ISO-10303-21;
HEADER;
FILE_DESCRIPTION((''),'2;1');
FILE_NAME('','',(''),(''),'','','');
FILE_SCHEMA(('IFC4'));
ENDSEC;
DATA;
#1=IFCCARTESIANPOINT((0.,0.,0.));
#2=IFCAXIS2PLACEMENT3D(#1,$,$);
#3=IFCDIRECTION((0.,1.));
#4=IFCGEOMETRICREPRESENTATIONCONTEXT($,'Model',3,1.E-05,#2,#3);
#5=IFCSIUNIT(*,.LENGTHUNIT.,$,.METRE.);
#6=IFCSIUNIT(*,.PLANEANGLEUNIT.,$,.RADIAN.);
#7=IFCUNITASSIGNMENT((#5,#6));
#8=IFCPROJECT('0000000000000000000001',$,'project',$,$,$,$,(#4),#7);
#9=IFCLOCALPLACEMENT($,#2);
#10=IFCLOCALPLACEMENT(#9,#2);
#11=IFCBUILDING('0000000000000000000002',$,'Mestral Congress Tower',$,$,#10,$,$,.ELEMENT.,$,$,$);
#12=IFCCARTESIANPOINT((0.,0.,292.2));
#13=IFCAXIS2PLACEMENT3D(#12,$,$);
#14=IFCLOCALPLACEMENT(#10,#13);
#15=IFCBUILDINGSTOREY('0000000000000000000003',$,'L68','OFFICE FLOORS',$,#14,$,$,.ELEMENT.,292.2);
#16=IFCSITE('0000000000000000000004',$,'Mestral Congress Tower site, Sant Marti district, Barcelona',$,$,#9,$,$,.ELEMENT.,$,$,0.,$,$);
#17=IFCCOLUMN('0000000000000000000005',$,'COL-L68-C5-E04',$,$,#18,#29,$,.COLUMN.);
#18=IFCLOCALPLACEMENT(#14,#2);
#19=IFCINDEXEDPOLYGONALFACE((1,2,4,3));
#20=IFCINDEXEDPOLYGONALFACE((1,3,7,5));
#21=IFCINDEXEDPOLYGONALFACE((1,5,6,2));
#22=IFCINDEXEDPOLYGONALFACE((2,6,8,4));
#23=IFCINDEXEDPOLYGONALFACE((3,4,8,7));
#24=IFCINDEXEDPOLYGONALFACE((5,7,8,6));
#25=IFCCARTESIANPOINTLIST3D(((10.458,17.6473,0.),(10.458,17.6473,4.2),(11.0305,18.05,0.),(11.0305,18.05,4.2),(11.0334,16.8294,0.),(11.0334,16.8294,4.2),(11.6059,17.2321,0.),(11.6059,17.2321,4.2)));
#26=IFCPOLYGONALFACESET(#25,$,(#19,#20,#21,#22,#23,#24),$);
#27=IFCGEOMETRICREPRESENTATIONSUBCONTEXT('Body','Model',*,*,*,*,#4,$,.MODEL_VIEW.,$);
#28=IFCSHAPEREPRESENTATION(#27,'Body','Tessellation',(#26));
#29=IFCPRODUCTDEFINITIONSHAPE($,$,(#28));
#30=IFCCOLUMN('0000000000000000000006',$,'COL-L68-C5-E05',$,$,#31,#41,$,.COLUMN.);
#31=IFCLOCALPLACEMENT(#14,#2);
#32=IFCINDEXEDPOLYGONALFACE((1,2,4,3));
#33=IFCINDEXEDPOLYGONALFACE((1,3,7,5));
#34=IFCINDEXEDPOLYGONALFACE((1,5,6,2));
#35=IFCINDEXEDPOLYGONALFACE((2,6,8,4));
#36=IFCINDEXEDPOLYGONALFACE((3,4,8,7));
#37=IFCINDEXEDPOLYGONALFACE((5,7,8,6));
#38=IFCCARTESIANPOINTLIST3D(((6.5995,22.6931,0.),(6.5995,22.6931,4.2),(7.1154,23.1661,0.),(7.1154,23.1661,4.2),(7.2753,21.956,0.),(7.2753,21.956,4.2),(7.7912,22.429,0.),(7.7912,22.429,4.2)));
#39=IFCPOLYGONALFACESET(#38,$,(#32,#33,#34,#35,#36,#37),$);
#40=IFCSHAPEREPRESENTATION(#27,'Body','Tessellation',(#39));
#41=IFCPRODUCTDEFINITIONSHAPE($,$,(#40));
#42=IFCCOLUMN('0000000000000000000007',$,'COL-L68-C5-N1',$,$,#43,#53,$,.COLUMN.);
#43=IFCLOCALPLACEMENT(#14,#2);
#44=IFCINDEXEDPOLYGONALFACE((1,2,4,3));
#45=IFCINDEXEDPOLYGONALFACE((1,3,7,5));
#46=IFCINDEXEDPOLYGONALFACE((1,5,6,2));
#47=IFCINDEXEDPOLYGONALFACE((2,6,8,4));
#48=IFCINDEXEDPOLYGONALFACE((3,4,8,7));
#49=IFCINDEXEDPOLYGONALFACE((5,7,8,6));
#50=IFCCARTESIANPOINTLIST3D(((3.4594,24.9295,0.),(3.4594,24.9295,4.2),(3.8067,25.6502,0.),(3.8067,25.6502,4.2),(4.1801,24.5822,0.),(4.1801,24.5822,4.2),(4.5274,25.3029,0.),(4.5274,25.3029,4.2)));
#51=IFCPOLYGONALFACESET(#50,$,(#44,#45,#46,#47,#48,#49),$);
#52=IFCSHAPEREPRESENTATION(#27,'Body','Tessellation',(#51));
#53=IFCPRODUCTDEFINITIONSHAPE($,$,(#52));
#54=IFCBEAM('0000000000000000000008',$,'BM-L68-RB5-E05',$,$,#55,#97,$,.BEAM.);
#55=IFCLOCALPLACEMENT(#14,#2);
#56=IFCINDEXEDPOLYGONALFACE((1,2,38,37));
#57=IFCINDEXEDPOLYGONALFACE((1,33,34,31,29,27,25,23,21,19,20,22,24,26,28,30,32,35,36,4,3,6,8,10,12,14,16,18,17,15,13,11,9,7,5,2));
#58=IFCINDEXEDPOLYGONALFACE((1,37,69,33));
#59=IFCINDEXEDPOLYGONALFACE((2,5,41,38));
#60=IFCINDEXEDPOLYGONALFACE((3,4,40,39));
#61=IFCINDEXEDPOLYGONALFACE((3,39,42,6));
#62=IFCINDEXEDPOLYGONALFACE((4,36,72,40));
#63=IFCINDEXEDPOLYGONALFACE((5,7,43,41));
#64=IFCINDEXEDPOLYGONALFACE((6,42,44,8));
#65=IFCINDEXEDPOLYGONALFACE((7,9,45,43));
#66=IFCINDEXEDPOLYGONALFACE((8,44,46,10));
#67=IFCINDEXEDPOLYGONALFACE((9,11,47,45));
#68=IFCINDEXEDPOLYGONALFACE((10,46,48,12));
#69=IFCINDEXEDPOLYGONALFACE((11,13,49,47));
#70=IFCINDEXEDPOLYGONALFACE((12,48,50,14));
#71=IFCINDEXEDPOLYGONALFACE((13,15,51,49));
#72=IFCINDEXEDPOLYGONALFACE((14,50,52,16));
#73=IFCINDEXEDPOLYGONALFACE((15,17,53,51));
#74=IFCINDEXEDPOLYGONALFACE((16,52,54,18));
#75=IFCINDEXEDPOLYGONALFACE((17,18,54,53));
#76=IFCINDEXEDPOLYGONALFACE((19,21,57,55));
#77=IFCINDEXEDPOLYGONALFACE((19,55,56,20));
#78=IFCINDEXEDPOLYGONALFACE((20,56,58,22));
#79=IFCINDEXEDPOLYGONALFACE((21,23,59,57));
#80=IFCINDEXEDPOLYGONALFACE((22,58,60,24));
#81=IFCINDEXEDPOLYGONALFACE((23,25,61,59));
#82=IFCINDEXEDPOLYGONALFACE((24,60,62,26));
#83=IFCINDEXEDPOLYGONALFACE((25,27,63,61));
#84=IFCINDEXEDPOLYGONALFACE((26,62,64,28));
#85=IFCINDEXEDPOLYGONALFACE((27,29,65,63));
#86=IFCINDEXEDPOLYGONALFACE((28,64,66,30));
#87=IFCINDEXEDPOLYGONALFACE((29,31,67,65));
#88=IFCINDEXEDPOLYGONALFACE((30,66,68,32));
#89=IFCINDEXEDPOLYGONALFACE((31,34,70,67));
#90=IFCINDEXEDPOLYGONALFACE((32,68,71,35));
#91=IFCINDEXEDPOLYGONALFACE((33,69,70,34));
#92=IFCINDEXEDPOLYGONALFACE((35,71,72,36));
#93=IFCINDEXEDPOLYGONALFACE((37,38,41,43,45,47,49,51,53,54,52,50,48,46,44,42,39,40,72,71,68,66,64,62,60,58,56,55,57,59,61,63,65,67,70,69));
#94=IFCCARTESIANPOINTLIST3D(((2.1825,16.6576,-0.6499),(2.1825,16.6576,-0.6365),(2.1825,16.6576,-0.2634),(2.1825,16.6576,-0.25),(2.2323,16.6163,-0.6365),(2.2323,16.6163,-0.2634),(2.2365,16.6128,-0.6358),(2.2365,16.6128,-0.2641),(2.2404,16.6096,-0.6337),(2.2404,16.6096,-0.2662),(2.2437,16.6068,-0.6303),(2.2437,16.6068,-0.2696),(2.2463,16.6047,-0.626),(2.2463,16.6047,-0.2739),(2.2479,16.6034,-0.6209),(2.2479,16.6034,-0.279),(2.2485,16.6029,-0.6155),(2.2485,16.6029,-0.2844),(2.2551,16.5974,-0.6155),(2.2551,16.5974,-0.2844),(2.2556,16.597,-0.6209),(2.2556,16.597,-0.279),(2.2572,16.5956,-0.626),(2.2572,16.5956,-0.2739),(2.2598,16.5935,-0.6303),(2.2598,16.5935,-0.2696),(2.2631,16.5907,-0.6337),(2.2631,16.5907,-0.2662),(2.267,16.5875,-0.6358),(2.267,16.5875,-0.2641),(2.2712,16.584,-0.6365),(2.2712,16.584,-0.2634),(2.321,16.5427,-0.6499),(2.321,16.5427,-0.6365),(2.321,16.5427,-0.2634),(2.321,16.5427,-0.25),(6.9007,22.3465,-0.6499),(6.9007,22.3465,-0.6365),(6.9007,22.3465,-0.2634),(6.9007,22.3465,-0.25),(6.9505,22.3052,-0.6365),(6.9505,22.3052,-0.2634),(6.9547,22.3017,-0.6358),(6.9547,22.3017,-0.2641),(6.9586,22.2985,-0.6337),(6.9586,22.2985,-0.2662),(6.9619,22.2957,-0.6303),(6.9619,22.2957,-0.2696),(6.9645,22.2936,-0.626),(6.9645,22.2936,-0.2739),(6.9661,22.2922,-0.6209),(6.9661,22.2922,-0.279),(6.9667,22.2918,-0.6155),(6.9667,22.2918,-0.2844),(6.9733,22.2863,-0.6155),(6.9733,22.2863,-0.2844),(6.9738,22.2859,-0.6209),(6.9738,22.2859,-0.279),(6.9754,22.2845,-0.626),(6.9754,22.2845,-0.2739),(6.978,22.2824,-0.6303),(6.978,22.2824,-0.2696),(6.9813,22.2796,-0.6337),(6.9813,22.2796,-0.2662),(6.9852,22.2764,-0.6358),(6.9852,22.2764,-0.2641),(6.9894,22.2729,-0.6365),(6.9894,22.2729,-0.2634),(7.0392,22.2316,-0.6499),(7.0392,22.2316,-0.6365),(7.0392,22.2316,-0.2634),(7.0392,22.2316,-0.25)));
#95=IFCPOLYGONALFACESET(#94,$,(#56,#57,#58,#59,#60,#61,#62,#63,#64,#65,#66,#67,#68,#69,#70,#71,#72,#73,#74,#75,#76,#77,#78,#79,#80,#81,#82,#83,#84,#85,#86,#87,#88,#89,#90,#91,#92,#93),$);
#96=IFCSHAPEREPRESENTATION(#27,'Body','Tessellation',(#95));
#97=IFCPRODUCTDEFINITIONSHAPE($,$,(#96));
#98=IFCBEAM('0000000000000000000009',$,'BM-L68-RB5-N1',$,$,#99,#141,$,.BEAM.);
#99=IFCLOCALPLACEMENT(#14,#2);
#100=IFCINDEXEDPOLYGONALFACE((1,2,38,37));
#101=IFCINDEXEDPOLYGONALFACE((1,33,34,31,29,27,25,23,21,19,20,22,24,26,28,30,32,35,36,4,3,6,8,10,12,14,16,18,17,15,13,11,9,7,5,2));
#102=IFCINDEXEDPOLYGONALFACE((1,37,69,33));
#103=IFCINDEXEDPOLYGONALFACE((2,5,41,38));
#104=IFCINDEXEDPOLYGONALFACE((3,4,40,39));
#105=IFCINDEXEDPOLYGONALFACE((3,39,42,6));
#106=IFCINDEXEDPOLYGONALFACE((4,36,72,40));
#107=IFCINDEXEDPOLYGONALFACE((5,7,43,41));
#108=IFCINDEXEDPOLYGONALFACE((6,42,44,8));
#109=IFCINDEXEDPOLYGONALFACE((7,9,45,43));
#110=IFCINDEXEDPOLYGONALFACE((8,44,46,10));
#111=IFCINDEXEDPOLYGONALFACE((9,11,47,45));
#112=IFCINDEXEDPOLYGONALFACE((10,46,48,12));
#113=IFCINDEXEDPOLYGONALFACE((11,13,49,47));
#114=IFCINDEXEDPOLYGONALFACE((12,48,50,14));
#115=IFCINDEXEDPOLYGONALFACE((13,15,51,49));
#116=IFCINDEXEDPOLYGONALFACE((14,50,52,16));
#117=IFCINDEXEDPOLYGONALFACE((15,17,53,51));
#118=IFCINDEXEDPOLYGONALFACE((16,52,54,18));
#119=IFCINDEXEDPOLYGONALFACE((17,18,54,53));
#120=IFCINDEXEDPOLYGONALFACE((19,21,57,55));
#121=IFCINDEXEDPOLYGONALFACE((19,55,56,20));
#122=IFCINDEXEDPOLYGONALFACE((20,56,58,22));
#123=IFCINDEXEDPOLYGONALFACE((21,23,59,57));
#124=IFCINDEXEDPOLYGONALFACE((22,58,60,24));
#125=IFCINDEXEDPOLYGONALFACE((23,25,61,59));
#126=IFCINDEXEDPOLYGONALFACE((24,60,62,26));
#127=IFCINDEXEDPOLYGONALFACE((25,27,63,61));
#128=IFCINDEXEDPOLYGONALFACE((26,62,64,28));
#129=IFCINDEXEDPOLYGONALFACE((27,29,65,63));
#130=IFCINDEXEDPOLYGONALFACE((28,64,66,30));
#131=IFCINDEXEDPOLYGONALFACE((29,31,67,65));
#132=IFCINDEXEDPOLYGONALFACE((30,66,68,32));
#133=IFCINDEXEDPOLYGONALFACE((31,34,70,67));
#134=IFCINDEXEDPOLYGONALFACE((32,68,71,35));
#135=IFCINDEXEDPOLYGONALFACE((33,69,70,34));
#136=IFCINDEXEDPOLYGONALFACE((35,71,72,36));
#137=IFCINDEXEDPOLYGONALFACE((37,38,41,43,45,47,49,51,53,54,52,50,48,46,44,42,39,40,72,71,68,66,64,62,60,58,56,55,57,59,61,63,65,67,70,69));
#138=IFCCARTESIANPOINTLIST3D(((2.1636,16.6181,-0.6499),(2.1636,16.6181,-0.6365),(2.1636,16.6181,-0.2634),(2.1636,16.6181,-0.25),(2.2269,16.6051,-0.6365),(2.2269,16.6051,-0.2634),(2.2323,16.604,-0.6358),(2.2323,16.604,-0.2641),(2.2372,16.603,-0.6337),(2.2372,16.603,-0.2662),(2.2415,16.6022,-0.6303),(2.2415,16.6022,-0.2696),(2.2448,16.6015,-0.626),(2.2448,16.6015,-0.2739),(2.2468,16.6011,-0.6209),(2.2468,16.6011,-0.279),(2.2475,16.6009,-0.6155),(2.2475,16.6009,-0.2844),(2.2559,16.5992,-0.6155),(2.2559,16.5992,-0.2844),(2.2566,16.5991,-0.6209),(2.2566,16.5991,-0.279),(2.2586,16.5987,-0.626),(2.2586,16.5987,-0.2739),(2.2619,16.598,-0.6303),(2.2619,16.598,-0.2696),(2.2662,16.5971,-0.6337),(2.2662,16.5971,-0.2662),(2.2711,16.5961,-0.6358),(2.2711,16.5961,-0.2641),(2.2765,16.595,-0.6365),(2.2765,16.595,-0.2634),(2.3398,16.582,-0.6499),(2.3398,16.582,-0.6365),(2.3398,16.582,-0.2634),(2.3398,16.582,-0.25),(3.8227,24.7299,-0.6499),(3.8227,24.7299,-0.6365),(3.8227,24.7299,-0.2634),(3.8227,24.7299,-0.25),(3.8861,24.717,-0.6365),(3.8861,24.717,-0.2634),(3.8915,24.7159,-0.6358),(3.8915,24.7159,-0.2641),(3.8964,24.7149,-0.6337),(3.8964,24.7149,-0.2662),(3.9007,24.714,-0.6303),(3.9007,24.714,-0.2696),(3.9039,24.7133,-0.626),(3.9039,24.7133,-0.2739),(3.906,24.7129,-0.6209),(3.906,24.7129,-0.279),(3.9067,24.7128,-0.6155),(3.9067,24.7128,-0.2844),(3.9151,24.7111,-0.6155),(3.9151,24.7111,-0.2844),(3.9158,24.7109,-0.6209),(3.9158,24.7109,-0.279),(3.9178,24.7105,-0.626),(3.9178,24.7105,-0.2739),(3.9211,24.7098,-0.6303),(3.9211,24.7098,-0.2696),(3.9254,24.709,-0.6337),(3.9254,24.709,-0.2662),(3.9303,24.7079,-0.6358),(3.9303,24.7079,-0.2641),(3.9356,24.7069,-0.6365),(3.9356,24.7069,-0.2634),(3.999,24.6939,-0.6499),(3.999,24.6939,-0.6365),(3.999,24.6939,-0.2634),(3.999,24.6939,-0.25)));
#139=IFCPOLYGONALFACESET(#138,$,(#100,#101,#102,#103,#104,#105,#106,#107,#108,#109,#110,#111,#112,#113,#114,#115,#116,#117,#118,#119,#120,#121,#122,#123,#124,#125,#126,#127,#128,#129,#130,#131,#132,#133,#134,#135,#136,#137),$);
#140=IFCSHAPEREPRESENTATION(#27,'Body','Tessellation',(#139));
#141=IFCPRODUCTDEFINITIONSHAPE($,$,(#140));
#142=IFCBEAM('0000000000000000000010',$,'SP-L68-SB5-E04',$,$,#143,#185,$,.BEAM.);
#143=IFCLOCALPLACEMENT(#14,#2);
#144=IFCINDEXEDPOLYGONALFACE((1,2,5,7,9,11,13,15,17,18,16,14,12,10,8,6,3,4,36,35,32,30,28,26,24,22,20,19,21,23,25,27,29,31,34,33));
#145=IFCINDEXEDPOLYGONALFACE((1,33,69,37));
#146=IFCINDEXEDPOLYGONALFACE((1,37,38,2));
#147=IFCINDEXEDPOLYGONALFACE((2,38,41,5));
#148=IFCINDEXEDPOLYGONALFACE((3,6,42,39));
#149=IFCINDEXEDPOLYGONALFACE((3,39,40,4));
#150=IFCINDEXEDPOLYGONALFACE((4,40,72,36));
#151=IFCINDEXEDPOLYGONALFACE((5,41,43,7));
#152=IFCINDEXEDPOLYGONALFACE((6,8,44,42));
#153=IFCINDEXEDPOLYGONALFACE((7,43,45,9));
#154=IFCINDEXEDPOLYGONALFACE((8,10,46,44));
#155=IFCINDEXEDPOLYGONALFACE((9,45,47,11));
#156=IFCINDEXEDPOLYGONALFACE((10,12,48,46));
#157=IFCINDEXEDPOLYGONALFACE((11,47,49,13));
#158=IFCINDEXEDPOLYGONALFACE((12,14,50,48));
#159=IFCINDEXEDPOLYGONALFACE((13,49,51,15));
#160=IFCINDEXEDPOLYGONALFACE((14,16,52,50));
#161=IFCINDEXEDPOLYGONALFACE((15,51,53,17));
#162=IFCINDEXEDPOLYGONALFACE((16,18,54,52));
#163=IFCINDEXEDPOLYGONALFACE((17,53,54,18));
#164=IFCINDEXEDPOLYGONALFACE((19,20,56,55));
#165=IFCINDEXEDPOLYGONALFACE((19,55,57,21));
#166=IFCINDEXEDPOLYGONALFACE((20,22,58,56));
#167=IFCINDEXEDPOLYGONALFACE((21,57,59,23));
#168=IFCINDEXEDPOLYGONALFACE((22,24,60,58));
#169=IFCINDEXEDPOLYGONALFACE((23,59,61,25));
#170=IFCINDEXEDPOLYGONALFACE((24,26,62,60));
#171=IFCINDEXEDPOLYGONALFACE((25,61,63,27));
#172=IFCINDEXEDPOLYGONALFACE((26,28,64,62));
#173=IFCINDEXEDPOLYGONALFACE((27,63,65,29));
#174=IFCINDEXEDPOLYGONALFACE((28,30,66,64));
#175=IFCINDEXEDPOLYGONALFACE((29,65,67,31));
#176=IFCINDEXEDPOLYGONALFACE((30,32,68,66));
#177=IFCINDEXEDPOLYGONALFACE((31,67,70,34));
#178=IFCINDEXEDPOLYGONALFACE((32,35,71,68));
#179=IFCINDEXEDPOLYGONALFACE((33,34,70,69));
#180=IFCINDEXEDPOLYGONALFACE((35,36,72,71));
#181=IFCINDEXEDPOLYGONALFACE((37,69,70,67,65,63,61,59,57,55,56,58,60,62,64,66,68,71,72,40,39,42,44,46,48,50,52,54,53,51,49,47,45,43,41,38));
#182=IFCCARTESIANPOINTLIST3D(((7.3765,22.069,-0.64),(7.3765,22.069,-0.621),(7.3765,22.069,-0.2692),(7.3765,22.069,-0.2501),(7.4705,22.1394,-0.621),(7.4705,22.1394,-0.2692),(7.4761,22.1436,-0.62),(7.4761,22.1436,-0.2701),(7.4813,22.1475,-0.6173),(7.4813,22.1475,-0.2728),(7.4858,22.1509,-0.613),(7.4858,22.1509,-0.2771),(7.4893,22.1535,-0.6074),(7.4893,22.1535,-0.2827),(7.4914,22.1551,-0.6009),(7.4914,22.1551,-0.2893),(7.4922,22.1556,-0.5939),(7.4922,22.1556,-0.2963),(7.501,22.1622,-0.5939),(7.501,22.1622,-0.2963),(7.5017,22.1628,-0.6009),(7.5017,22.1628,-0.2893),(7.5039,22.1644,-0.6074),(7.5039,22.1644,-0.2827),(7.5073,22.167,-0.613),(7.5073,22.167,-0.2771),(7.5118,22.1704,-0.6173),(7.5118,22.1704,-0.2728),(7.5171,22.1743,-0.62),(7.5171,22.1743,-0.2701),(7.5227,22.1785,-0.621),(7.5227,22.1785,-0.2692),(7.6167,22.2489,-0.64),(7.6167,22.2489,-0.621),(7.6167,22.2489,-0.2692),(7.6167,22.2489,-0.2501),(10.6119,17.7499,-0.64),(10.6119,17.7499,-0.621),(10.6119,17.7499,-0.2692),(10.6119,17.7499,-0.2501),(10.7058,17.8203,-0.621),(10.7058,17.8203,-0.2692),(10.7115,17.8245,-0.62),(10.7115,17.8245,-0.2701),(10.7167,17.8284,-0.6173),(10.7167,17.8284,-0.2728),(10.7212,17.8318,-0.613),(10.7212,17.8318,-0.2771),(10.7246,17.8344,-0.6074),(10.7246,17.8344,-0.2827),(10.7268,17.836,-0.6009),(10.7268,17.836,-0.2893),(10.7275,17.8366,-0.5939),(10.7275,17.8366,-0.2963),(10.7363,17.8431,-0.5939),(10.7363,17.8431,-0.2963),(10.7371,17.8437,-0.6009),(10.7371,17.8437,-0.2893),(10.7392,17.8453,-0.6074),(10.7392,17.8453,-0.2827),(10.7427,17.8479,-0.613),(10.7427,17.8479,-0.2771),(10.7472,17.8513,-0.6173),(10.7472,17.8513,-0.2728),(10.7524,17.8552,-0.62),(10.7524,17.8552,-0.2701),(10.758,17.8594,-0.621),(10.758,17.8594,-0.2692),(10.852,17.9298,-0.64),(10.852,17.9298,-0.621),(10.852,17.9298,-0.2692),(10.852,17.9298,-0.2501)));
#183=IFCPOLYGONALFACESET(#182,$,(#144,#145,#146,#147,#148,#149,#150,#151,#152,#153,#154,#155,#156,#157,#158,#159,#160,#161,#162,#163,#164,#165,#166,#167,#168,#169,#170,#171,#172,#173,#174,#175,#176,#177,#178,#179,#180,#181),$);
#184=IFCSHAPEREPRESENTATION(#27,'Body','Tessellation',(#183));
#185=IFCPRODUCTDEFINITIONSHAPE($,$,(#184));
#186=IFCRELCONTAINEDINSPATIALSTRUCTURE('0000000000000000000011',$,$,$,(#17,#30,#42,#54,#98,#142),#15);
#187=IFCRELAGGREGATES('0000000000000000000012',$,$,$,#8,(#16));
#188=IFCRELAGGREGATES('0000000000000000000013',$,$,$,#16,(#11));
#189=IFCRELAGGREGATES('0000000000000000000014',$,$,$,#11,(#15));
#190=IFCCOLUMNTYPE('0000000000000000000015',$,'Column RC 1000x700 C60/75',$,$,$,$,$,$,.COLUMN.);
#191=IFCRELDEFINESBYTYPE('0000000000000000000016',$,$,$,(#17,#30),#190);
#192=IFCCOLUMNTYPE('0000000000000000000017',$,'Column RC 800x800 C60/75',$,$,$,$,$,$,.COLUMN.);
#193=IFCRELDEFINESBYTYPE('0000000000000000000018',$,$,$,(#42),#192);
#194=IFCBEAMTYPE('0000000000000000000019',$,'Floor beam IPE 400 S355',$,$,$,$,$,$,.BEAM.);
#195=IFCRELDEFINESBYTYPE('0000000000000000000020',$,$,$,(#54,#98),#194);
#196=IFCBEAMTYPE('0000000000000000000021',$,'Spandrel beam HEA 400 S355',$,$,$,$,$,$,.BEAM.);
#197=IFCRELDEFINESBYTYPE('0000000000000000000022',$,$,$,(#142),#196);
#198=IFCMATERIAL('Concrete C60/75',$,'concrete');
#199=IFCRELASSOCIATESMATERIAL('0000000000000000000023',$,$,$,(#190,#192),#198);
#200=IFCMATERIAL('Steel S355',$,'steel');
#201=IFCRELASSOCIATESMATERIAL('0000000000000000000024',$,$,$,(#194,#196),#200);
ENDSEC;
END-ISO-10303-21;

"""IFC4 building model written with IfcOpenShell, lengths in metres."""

from ifc_helpers import new_model, si_unit, direction, frame, origin, origin_2d, place, context, subcontext, project, spatial, rectangle, i_section, extrude, material, material_profile, profile_set, type_object, element, save


model = new_model("IFC4")

# Units and contexts
model_context = context("Model", 3, precision=1e-05, world=origin(), true_north=direction((0.0, 1.0)))
body_context = subcontext(model_context, "Body", "Model", "MODEL_VIEW")
ifc_project = project(units=[si_unit("LENGTHUNIT", "METRE"), si_unit("PLANEANGLEUNIT", "RADIAN")], contexts=[model_context])

# Site, building, storey
site_placement = place(None, origin())
site = spatial("IfcSite", under=ifc_project, at=site_placement, Name="Mestral Congress Tower site, Sant Marti district, Barcelona", CompositionType="ELEMENT", RefElevation=0.0)
building_placement = place(site_placement, origin())
building = spatial("IfcBuilding", under=site, at=building_placement, Name="Mestral Congress Tower", CompositionType="ELEMENT")
storey_placement = place(building_placement, frame((0.0, 0.0, 292.2)))
storey = spatial("IfcBuildingStorey", under=building, at=storey_placement, Name="L68", Description="OFFICE FLOORS", CompositionType="ELEMENT", Elevation=292.2)

# Columns
ifc_material_1 = material(Name="Concrete C60/75", Category="concrete")
ifc_material_profile_1 = material_profile(ifc_material_1, rectangle(XDim=1.0, YDim=0.7, at=origin_2d()), Name="RC 1000x700")
ifc_profile_set_1 = profile_set([ifc_material_profile_1], Name="Concrete C60/75")
column_type_1 = type_object("IfcColumnType", Name="Column RC 1000x700 C60/75", PredefinedType="COLUMN", material=ifc_profile_set_1)
for number, where, z_axis, x_axis, name in (
    (1, (11.032, 17.4397, 0.0), (0.0, 0.0, 1.0), (-0.575402, 0.817871, 0.0), "COL-L68-C5-E04"),
    (2, (7.1953, 22.561, 0.0), (0.0, 0.0, 1.0), (-0.675803, 0.737083, 0.0), "COL-L68-C5-E05"),
):
    element("IfcColumn", number, at=place(storey_placement, frame(where, z_axis=z_axis, x_axis=x_axis)), inside=storey, type_object=column_type_1, Name=name, PredefinedType="COLUMN", context=body_context, shape_type="SweptSolid", body=[
        extrude(rectangle(XDim=1.0, YDim=0.7, at=origin_2d()), origin(), (0.0, 0.0, 1.0), 4.2),
    ])
ifc_material_profile_2 = material_profile(ifc_material_1, rectangle(XDim=0.8, YDim=0.8, at=origin_2d()), Name="RC 800x800")
ifc_profile_set_2 = profile_set([ifc_material_profile_2], Name="Concrete C60/75")
column_type_2 = type_object("IfcColumnType", Name="Column RC 800x800 C60/75", PredefinedType="COLUMN", material=ifc_profile_set_2)
column_placement = place(storey_placement, frame((3.9934, 25.1162, 0.0), z_axis=(0.0, 0.0, 1.0), x_axis=(-0.900873, 0.434082, 0.0)))
element("IfcColumn", 3, at=column_placement, inside=storey, type_object=column_type_2, Name="COL-L68-C5-N1", PredefinedType="COLUMN", context=body_context, shape_type="SweptSolid", body=[
    extrude(rectangle(XDim=0.8, YDim=0.8, at=origin_2d()), origin(), (0.0, 0.0, 1.0), 4.2),
])

# Beams
ifc_material_2 = material(Name="Steel S355", Category="steel")
ifc_material_profile_3 = material_profile(ifc_material_2, i_section(OverallWidth=0.1799, OverallDepth=0.3999, WebThickness=0.0085, FlangeThickness=0.0134, FilletRadius=0.021, at=origin_2d()), Name="IPE 400")
ifc_profile_set_3 = profile_set([ifc_material_profile_3], Name="Steel S355")
beam_type_1 = type_object("IfcBeamType", Name="Floor beam IPE 400 S355", PredefinedType="BEAM", material=ifc_profile_set_3)
beam_1_placement = place(storey_placement, frame((6.97, 22.2891, -0.45), z_axis=(-0.638383, -0.769719, 0.0), x_axis=(0.769719, -0.638383, 0.0)))
element("IfcBeam", 4, at=beam_1_placement, inside=storey, type_object=beam_type_1, Name="BM-L68-RB5-E05", PredefinedType="BEAM", context=body_context, shape_type="SweptSolid", body=[
    extrude(i_section(OverallWidth=0.1799, OverallDepth=0.3999, WebThickness=0.0085, FlangeThickness=0.0134, FilletRadius=0.021, at=origin_2d()), origin(), (0.0, 0.0, 1.0), 7.3909),
])
beam_2_placement = place(storey_placement, frame((3.9109, 24.7119, -0.45), z_axis=(-0.20039, -0.979716, 0.0), x_axis=(0.979716, -0.20039, 0.0)))
element("IfcBeam", 5, at=beam_2_placement, inside=storey, type_object=beam_type_1, Name="BM-L68-RB5-N1", PredefinedType="BEAM", context=body_context, shape_type="SweptSolid", body=[
    extrude(i_section(OverallWidth=0.1799, OverallDepth=0.3999, WebThickness=0.0085, FlangeThickness=0.0134, FilletRadius=0.021, at=origin_2d()), origin(), (0.0, 0.0, 1.0), 8.2798),
])
ifc_material_profile_4 = material_profile(ifc_material_2, i_section(OverallWidth=0.3, OverallDepth=0.3899, WebThickness=0.011, FlangeThickness=0.019, FilletRadius=0.0271, at=origin_2d()), Name="HEA 400")
ifc_profile_set_4 = profile_set([ifc_material_profile_4], Name="Steel S355")
beam_type_2 = type_object("IfcBeamType", Name="Spandrel beam HEA 400 S355", PredefinedType="BEAM", material=ifc_profile_set_4)
beam_3_placement = place(storey_placement, frame((10.7319, 17.8398, -0.4451), z_axis=(-0.599529, 0.800353, 0.0), x_axis=(-0.800353, -0.599529, 0.0)))
element("IfcBeam", 6, at=beam_3_placement, inside=storey, type_object=beam_type_2, Name="SP-L68-SB5-E04", PredefinedType="BEAM", context=body_context, shape_type="SweptSolid", body=[
    extrude(i_section(OverallWidth=0.3, OverallDepth=0.3899, WebThickness=0.011, FlangeThickness=0.019, FilletRadius=0.0271, at=origin_2d()), origin(), (0.0, 0.0, 1.0), 5.3965),
])

save(model, "model.ifc")
